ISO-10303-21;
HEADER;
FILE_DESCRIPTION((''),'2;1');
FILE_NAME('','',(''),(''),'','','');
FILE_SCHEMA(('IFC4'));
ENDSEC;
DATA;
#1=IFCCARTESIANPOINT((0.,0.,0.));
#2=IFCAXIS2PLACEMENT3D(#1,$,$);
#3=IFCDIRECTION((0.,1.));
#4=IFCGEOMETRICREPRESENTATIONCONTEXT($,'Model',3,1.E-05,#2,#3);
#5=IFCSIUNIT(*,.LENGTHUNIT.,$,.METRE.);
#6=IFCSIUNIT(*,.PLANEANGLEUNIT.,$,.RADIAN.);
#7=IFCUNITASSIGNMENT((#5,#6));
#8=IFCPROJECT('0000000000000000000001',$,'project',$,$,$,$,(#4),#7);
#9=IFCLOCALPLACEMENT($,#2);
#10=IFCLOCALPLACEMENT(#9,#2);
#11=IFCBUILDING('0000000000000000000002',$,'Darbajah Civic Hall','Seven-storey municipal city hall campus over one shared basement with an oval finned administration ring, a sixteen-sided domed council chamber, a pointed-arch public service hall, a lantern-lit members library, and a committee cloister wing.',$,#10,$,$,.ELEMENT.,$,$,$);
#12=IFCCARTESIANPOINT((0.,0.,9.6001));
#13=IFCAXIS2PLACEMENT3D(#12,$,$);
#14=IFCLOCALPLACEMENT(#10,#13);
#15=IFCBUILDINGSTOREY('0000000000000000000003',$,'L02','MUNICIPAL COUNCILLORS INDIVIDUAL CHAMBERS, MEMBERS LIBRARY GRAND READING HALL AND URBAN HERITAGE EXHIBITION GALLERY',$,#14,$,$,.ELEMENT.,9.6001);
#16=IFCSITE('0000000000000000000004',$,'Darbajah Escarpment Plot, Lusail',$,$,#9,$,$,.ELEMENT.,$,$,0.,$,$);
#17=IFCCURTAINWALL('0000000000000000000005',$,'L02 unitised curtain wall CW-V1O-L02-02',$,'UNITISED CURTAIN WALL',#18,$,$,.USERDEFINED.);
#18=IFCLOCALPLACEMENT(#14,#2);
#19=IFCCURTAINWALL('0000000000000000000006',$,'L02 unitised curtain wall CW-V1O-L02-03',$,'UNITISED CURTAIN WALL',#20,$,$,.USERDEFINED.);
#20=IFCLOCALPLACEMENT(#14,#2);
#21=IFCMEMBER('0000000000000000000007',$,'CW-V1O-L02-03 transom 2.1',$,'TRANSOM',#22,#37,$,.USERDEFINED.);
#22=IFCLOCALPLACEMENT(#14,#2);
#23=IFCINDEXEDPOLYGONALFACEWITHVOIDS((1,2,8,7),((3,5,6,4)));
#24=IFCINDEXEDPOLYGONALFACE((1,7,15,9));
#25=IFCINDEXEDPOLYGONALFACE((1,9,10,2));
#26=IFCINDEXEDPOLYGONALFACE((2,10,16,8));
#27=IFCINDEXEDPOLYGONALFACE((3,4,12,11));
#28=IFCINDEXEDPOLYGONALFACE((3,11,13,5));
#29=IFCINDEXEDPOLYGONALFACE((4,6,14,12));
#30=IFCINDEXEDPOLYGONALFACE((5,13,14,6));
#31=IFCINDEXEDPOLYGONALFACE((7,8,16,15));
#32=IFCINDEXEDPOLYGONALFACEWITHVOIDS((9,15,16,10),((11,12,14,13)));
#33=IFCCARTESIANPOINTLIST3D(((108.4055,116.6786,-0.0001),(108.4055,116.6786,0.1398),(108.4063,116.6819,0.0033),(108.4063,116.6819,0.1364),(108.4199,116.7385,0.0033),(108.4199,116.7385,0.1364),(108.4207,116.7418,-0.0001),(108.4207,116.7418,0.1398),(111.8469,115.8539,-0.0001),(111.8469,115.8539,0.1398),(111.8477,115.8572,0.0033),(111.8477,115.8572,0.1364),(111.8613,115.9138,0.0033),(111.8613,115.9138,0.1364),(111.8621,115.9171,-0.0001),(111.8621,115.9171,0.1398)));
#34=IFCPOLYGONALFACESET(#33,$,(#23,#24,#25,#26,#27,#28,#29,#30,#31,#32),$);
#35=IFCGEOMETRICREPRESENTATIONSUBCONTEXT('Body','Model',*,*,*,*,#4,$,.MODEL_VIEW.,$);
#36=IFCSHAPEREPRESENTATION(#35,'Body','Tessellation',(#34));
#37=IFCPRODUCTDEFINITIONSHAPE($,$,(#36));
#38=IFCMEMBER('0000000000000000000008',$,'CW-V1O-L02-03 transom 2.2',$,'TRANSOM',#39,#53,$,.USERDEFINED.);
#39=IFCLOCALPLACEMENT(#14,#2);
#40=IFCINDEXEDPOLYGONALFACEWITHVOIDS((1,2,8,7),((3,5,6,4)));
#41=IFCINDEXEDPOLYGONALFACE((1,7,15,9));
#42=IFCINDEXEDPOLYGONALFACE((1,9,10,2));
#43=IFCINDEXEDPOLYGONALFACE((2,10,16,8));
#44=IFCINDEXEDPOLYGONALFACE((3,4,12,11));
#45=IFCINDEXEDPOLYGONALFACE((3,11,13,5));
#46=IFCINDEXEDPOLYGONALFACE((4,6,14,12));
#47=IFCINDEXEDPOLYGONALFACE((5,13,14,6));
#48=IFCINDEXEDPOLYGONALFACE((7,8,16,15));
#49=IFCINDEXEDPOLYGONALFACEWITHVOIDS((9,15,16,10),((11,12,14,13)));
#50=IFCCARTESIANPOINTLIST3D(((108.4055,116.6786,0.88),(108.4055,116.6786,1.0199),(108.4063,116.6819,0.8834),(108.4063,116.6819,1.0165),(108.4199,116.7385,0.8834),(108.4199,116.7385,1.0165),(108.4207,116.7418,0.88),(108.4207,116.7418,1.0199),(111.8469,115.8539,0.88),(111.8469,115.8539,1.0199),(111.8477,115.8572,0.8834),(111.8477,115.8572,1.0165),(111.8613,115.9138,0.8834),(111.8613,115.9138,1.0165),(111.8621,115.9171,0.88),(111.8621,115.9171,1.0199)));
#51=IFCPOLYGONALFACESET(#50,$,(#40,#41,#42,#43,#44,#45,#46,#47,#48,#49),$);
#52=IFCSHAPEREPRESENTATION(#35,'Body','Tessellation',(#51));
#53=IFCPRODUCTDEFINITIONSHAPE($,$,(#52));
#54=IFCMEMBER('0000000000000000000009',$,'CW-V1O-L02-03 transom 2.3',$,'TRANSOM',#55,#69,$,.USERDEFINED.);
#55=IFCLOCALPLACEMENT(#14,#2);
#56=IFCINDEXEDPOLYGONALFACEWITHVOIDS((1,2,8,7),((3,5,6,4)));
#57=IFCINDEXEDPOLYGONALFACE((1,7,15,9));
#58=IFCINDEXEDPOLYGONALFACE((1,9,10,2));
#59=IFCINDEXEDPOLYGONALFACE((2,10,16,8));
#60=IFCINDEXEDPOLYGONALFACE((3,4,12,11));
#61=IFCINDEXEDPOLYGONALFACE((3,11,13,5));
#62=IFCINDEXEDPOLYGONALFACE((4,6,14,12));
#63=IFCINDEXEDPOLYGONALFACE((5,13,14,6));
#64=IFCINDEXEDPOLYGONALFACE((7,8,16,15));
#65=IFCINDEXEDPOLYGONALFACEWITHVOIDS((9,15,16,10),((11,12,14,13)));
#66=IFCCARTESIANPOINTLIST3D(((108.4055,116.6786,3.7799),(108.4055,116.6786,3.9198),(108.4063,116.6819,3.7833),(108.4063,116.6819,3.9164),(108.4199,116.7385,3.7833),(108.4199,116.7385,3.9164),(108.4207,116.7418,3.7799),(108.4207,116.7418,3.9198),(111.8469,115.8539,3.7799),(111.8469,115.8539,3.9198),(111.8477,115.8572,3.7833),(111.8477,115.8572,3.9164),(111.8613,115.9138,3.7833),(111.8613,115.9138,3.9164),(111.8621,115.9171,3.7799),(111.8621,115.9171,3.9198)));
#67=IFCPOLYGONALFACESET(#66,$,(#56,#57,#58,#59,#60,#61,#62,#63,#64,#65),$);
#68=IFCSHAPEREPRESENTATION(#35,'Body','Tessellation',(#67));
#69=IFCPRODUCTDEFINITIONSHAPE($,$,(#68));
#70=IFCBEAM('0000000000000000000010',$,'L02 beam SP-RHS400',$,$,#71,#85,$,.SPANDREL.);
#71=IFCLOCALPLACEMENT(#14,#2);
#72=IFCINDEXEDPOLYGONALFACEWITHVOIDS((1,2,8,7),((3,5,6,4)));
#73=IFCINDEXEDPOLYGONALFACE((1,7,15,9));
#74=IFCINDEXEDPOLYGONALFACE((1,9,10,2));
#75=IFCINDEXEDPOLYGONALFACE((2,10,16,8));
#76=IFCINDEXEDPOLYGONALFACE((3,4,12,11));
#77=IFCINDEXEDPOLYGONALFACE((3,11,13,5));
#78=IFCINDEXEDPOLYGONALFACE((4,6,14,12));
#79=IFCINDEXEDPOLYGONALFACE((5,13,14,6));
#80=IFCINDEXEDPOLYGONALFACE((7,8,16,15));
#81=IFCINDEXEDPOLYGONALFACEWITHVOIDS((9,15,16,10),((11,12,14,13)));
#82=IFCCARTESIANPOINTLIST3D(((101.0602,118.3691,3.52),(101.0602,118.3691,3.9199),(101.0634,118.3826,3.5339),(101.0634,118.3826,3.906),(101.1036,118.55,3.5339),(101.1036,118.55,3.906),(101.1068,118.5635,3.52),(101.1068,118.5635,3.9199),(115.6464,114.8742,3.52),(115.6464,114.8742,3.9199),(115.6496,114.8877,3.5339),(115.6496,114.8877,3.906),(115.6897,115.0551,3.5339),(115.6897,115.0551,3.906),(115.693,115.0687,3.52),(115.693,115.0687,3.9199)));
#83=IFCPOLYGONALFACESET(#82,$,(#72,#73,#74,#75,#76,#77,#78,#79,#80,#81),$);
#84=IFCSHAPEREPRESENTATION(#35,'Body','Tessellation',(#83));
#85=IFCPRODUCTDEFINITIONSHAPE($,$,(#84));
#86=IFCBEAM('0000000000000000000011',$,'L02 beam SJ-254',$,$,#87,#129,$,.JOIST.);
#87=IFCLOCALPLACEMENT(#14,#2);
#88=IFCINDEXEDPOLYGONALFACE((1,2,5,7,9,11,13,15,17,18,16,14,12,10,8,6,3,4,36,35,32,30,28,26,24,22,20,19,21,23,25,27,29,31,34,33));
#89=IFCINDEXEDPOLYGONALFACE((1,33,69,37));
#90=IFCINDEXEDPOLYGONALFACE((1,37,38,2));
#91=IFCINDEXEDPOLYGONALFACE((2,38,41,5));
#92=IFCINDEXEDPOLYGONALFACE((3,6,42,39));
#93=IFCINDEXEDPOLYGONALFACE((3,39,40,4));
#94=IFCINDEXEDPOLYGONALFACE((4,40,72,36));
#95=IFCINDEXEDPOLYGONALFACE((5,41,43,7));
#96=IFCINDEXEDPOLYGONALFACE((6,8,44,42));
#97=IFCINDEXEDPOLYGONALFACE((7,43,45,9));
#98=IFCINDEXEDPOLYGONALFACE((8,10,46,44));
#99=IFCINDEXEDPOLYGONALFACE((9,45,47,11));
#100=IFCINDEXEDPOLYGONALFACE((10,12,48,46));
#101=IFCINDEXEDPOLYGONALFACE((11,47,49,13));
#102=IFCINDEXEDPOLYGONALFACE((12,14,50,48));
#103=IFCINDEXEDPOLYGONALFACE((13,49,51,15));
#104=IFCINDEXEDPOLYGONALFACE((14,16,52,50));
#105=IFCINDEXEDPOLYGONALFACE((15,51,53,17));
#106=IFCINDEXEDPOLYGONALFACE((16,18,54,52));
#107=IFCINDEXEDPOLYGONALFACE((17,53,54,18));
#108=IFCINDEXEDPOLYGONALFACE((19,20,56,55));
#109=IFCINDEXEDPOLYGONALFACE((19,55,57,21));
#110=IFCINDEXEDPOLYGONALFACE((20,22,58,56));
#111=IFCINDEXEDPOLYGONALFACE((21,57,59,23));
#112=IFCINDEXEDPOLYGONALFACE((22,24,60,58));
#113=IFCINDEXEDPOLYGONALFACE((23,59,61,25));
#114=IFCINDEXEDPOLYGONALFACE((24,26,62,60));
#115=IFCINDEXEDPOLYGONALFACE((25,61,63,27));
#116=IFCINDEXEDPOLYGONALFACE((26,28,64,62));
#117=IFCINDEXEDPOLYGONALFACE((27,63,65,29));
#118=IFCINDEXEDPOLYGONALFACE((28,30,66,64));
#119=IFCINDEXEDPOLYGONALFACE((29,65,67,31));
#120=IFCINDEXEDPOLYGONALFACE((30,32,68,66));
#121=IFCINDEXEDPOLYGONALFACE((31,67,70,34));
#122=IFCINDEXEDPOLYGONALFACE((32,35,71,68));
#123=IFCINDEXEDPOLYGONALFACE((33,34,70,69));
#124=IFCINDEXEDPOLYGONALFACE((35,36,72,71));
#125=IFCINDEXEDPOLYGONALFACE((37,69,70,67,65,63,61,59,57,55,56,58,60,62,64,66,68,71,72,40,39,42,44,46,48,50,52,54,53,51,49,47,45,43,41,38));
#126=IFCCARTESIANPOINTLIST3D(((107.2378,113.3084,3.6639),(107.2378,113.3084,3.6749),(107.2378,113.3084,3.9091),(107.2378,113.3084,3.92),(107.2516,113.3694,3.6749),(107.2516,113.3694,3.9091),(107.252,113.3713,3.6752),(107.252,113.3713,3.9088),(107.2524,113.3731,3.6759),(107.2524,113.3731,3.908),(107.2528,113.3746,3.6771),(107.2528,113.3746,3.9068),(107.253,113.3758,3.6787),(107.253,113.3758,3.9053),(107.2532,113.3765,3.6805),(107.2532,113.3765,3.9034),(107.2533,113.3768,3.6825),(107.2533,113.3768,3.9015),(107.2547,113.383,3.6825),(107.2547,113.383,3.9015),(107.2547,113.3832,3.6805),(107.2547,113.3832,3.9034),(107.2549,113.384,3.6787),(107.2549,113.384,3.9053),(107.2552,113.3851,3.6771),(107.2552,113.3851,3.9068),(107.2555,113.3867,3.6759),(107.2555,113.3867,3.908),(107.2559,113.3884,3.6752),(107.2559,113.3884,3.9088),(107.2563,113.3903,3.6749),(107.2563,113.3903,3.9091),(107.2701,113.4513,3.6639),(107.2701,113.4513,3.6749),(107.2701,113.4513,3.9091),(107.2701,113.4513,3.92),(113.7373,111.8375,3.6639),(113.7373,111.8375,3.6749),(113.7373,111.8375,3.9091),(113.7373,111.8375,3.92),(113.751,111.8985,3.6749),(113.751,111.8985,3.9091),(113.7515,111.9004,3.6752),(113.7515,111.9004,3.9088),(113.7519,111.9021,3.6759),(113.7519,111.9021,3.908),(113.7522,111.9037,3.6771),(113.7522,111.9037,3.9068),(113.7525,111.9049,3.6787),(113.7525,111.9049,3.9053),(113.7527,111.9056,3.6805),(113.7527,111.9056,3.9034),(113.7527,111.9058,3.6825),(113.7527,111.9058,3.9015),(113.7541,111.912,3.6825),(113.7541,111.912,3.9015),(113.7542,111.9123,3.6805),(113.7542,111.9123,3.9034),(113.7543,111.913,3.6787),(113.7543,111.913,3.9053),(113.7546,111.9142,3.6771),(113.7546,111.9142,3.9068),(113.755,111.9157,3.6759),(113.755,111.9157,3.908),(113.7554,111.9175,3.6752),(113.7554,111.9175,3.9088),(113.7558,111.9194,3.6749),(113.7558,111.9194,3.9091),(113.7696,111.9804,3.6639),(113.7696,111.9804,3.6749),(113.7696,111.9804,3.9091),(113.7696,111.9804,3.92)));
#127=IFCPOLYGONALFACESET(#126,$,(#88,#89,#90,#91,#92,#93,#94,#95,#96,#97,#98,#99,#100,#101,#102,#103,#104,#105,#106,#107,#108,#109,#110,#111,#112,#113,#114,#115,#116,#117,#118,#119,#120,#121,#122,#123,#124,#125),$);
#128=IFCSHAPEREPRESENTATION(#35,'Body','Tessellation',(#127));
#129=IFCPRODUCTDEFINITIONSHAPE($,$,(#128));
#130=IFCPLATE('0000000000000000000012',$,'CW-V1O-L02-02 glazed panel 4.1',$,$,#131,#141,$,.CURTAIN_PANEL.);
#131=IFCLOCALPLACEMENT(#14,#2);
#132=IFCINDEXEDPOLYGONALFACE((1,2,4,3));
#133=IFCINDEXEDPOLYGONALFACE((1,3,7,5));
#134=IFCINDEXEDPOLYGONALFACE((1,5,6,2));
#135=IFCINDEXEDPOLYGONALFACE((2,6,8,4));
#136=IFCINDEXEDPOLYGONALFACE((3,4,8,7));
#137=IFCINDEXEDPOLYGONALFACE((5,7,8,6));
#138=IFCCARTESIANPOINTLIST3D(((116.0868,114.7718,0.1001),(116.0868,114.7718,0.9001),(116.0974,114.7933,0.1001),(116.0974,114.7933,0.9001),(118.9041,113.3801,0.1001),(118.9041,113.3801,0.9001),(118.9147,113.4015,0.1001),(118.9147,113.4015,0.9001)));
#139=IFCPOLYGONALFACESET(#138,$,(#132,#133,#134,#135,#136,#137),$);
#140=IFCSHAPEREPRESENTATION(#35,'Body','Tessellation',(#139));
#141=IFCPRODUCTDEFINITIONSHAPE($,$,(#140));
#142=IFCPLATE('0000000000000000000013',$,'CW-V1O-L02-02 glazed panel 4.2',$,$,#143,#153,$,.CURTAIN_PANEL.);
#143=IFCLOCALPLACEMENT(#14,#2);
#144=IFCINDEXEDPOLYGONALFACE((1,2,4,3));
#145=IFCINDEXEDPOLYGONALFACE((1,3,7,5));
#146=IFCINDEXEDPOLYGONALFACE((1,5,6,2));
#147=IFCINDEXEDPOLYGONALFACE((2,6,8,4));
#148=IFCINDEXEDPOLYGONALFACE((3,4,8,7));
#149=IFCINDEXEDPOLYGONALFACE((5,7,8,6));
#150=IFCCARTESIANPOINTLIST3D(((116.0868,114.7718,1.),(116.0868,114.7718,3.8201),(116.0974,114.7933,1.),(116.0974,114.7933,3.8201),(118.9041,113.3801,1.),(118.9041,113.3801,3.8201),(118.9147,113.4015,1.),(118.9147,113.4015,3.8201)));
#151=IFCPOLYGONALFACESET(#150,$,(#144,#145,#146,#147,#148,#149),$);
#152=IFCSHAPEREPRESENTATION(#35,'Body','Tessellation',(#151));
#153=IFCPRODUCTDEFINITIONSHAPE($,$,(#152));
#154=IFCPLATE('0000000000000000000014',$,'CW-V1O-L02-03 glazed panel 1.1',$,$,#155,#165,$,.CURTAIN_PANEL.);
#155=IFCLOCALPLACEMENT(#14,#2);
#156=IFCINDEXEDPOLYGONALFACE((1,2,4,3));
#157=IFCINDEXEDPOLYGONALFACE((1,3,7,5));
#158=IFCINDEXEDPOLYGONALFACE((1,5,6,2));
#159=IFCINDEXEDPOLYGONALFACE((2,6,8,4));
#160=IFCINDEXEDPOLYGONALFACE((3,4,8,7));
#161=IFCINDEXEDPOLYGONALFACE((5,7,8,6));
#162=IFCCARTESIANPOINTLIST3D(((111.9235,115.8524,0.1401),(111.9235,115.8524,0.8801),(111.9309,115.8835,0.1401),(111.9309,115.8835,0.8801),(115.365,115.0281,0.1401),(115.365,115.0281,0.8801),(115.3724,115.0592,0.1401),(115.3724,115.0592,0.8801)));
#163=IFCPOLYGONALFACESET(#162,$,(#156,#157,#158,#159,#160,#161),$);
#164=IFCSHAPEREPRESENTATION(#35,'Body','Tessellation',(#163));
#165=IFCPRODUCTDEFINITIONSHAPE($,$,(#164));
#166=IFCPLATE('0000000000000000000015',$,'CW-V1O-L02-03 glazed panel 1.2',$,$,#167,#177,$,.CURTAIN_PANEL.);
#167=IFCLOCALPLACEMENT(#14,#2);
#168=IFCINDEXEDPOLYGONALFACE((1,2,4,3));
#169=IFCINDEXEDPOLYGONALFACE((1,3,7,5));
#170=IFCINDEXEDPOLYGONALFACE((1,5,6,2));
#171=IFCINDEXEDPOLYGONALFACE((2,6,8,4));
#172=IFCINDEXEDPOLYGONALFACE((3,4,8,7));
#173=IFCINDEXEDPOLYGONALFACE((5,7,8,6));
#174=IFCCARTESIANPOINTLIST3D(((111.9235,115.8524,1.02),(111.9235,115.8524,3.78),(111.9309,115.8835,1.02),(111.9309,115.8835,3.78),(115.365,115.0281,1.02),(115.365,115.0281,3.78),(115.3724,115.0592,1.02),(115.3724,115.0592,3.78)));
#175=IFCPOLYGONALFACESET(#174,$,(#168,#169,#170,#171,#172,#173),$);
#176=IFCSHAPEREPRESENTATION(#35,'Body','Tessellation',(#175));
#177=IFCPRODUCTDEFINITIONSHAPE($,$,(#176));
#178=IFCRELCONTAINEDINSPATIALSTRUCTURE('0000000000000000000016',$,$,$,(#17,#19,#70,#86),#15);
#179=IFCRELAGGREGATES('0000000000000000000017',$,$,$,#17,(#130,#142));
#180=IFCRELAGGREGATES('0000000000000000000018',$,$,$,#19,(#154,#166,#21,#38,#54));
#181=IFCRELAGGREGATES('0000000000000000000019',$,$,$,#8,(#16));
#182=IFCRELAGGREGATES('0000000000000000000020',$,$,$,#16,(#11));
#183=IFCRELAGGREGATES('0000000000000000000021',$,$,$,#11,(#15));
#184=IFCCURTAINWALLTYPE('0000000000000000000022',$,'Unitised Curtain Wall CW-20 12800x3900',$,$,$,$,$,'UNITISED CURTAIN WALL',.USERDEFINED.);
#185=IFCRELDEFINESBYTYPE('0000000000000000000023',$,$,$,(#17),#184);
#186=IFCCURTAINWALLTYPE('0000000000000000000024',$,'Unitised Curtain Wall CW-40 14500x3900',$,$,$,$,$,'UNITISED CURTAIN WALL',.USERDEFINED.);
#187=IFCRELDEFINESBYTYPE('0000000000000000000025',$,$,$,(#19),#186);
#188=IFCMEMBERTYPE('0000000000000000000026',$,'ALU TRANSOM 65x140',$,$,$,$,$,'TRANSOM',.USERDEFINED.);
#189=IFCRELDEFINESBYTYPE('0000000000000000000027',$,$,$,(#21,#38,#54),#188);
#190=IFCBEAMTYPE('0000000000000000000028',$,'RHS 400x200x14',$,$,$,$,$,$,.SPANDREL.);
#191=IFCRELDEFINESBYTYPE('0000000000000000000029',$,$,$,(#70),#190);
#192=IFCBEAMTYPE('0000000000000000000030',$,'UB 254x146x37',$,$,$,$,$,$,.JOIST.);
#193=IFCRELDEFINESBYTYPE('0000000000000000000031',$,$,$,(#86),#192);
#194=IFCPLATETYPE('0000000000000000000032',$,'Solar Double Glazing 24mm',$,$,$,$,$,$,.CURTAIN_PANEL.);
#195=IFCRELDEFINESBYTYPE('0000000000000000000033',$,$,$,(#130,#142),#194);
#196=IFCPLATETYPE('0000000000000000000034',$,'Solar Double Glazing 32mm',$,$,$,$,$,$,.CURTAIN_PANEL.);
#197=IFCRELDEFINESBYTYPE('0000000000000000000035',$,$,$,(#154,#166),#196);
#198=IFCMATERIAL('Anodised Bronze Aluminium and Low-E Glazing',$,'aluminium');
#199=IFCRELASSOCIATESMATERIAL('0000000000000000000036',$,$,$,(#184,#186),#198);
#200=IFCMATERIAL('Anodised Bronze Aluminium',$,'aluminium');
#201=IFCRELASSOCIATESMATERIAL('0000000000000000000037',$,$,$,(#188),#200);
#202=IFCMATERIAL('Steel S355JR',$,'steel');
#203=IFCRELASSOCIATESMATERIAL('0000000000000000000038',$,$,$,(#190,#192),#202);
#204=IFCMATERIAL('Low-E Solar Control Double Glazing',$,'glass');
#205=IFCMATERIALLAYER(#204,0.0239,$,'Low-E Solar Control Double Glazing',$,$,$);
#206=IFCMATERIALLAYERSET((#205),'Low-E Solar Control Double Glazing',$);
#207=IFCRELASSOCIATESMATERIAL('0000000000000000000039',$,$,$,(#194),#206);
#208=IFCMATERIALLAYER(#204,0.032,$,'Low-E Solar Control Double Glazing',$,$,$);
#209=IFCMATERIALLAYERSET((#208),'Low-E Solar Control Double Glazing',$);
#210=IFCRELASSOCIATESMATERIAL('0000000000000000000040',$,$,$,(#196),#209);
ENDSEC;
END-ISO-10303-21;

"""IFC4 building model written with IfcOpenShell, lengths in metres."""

from ifc_helpers import new_model, si_unit, direction, frame, origin, origin_2d, place, context, subcontext, project, spatial, rectangle, hollow_rectangle, i_section, extrude, material, layer, layer_set, material_profile, profile_set, type_object, element, aggregate, save


model = new_model("IFC4")

# Units and contexts
model_context = context("Model", 3, precision=1e-05, world=origin(), true_north=direction((0.0, 1.0)))
body_context = subcontext(model_context, "Body", "Model", "MODEL_VIEW")
ifc_project = project(units=[si_unit("LENGTHUNIT", "METRE"), si_unit("PLANEANGLEUNIT", "RADIAN")], contexts=[model_context])

# Site, building, storey
site_placement = place(None, origin())
site = spatial("IfcSite", under=ifc_project, at=site_placement, Name="Darbajah Escarpment Plot, Lusail", CompositionType="ELEMENT", RefElevation=0.0)
building_placement = place(site_placement, origin())
building = spatial("IfcBuilding", under=site, at=building_placement, Name="Darbajah Civic Hall", Description="Seven-storey municipal city hall campus over one shared basement with an oval finned administration ring, a sixteen-sided domed council chamber, a pointed-arch public service hall, a lantern-lit members library, and a committee cloister wing.", CompositionType="ELEMENT")
storey_placement = place(building_placement, frame((0.0, 0.0, 9.6001)))
storey = spatial("IfcBuildingStorey", under=building, at=storey_placement, Name="L02", Description="MUNICIPAL COUNCILLORS INDIVIDUAL CHAMBERS, MEMBERS LIBRARY GRAND READING HALL AND URBAN HERITAGE EXHIBITION GALLERY", CompositionType="ELEMENT", Elevation=9.6001)

# Curtain wall
ifc_material_1 = material(Name="Anodised Bronze Aluminium and Low-E Glazing", Category="aluminium")
curtain_wall_type_1 = type_object("IfcCurtainWallType", Name="Unitised Curtain Wall CW-20 12800x3900", ElementType="UNITISED CURTAIN WALL", PredefinedType="USERDEFINED", material=ifc_material_1)
curtain_wall_1_placement = place(storey_placement, origin())
curtain_wall_1 = element("IfcCurtainWall", 1, at=curtain_wall_1_placement, inside=storey, type_object=curtain_wall_type_1, Name="L02 unitised curtain wall CW-V1O-L02-02", ObjectType="UNITISED CURTAIN WALL", PredefinedType="USERDEFINED")
ifc_material_2 = material(Name="Anodised Bronze Aluminium", Category="aluminium")

# Curtain wall
curtain_wall_type_2 = type_object("IfcCurtainWallType", Name="Unitised Curtain Wall CW-40 14500x3900", ElementType="UNITISED CURTAIN WALL", PredefinedType="USERDEFINED", material=ifc_material_1)
curtain_wall_2_placement = place(storey_placement, origin())
curtain_wall_2 = element("IfcCurtainWall", 2, at=curtain_wall_2_placement, inside=storey, type_object=curtain_wall_type_2, Name="L02 unitised curtain wall CW-V1O-L02-03", ObjectType="UNITISED CURTAIN WALL", PredefinedType="USERDEFINED")

# Members
ifc_material_profile_1 = material_profile(ifc_material_2, hollow_rectangle(XDim=0.0649, YDim=0.1399, WallThickness=0.0034, at=origin_2d()), Name="ALU TRANSOM 65x140")
ifc_profile_set_1 = profile_set([ifc_material_profile_1], Name="Anodised Bronze Aluminium")
member_type_1 = type_object("IfcMemberType", Name="ALU TRANSOM 65x140", ElementType="TRANSOM", PredefinedType="USERDEFINED", material=ifc_profile_set_1)
member_1_placement = place(storey_placement, frame((111.8545, 115.8855, 0.0698), z_axis=(-0.972466, 0.233044, 0.0), x_axis=(-0.233044, -0.972466, 0.0)))
member_1 = element("IfcMember", 3, at=member_1_placement, type_object=member_type_1, Name="CW-V1O-L02-03 transom 2.1", ObjectType="TRANSOM", PredefinedType="USERDEFINED", context=body_context, shape_type="SweptSolid", body=[
    extrude(hollow_rectangle(XDim=0.0649, YDim=0.1399, WallThickness=0.0034, at=origin_2d()), origin(), (0.0, 0.0, 1.0), 3.5388),
])
member_2_placement = place(storey_placement, frame((111.8545, 115.8855, 0.95), z_axis=(-0.972466, 0.233044, 0.0), x_axis=(-0.233044, -0.972466, 0.0)))
member_2 = element("IfcMember", 4, at=member_2_placement, type_object=member_type_1, Name="CW-V1O-L02-03 transom 2.2", ObjectType="TRANSOM", PredefinedType="USERDEFINED", context=body_context, shape_type="SweptSolid", body=[
    extrude(hollow_rectangle(XDim=0.0649, YDim=0.1399, WallThickness=0.0034, at=origin_2d()), origin(), (0.0, 0.0, 1.0), 3.5388),
])
member_3_placement = place(storey_placement, frame((111.8545, 115.8855, 3.8499), z_axis=(-0.972466, 0.233044, 0.0), x_axis=(-0.233044, -0.972466, 0.0)))
member_3 = element("IfcMember", 5, at=member_3_placement, type_object=member_type_1, Name="CW-V1O-L02-03 transom 2.3", ObjectType="TRANSOM", PredefinedType="USERDEFINED", context=body_context, shape_type="SweptSolid", body=[
    extrude(hollow_rectangle(XDim=0.0649, YDim=0.1399, WallThickness=0.0034, at=origin_2d()), origin(), (0.0, 0.0, 1.0), 3.5388),
])

# Beams
ifc_material_3 = material(Name="Steel S355JR", Category="steel")
ifc_material_profile_2 = material_profile(ifc_material_3, hollow_rectangle(XDim=0.2, YDim=0.3999, WallThickness=0.0139, at=origin_2d()), Name="RHS 400x200x14")
ifc_profile_set_2 = profile_set([ifc_material_profile_2], Name="Steel S355JR")
beam_type_1 = type_object("IfcBeamType", Name="RHS 400x200x14", PredefinedType="SPANDREL", material=ifc_profile_set_2)
beam_1_placement = place(storey_placement, frame((115.6697, 114.9714, 3.72), z_axis=(-0.972475, 0.233007, 0.0), x_axis=(-0.233007, -0.972475, 0.0)))
element("IfcBeam", 6, at=beam_1_placement, inside=storey, type_object=beam_type_1, Name="L02 beam SP-RHS400", PredefinedType="SPANDREL", context=body_context, shape_type="SweptSolid", body=[
    extrude(hollow_rectangle(XDim=0.2, YDim=0.3999, WallThickness=0.0139, at=origin_2d()), origin(), (0.0, 0.0, 1.0), 14.999),
])
ifc_material_profile_3 = material_profile(ifc_material_3, i_section(OverallWidth=0.1465, OverallDepth=0.2561, WebThickness=0.0063, FlangeThickness=0.011, FilletRadius=0.0076, at=origin_2d()), Name="UB 254x146x37")
ifc_profile_set_3 = profile_set([ifc_material_profile_3], Name="Steel S355JR")
beam_type_2 = type_object("IfcBeamType", Name="UB 254x146x37", PredefinedType="JOIST", material=ifc_profile_set_3)
beam_2_placement = place(storey_placement, frame((113.7534, 111.9089, 3.792), z_axis=(-0.975334, 0.220734, 0.0), x_axis=(-0.220734, -0.975334, 0.0)))
element("IfcBeam", 7, at=beam_2_placement, inside=storey, type_object=beam_type_2, Name="L02 beam SJ-254", PredefinedType="JOIST", context=body_context, shape_type="SweptSolid", body=[
    extrude(i_section(OverallWidth=0.1465, OverallDepth=0.2561, WebThickness=0.0063, FlangeThickness=0.011, FilletRadius=0.0076, at=origin_2d()), origin(), (0.0, 0.0, 1.0), 6.6638),
])

# Plates
ifc_material_4 = material(Name="Low-E Solar Control Double Glazing", Category="glass")
ifc_layer_1 = layer(ifc_material_4, 0.0239, Name="Low-E Solar Control Double Glazing")
ifc_layer_set_1 = layer_set([ifc_layer_1], Name="Low-E Solar Control Double Glazing")
plate_type_1 = type_object("IfcPlateType", Name="Solar Double Glazing 24mm", PredefinedType="CURTAIN_PANEL", material=ifc_layer_set_1)
plate_1_placement = place(storey_placement, frame((117.5007, 114.0867, 0.1001), z_axis=(0.0, 0.0, 1.0), x_axis=(-0.896564, 0.442915, 0.0)))
plate_1 = element("IfcPlate", 8, at=plate_1_placement, type_object=plate_type_1, Name="CW-V1O-L02-02 glazed panel 4.1", PredefinedType="CURTAIN_PANEL", context=body_context, shape_type="SweptSolid", body=[
    extrude(rectangle(XDim=3.1423, YDim=0.0239, at=origin_2d()), origin(), (0.0, 0.0, 1.0), 0.8),
])
plate_2_placement = place(storey_placement, frame((117.5007, 114.0867, 1.0), z_axis=(0.0, 0.0, 1.0), x_axis=(-0.896564, 0.442915, 0.0)))
plate_2 = element("IfcPlate", 9, at=plate_2_placement, type_object=plate_type_1, Name="CW-V1O-L02-02 glazed panel 4.2", PredefinedType="CURTAIN_PANEL", context=body_context, shape_type="SweptSolid", body=[
    extrude(rectangle(XDim=3.1423, YDim=0.0239, at=origin_2d()), origin(), (0.0, 0.0, 1.0), 2.8201),
])
aggregate(curtain_wall_1, [plate_1, plate_2])
ifc_layer_2 = layer(ifc_material_4, 0.032, Name="Low-E Solar Control Double Glazing")
ifc_layer_set_2 = layer_set([ifc_layer_2], Name="Low-E Solar Control Double Glazing")
plate_type_2 = type_object("IfcPlateType", Name="Solar Double Glazing 32mm", PredefinedType="CURTAIN_PANEL", material=ifc_layer_set_2)
plate_3_placement = place(storey_placement, frame((113.6479, 115.4558, 0.1401), z_axis=(0.0, 0.0, 1.0), x_axis=(-0.972492, 0.232936, 0.0)))
plate_3 = element("IfcPlate", 10, at=plate_3_placement, type_object=plate_type_2, Name="CW-V1O-L02-03 glazed panel 1.1", PredefinedType="CURTAIN_PANEL", context=body_context, shape_type="SweptSolid", body=[
    extrude(rectangle(XDim=3.5388, YDim=0.032, at=origin_2d()), origin(), (0.0, 0.0, 1.0), 0.74),
])
plate_4_placement = place(storey_placement, frame((113.6479, 115.4558, 1.02), z_axis=(0.0, 0.0, 1.0), x_axis=(-0.972492, 0.232936, 0.0)))
plate_4 = element("IfcPlate", 11, at=plate_4_placement, type_object=plate_type_2, Name="CW-V1O-L02-03 glazed panel 1.2", PredefinedType="CURTAIN_PANEL", context=body_context, shape_type="SweptSolid", body=[
    extrude(rectangle(XDim=3.5388, YDim=0.032, at=origin_2d()), origin(), (0.0, 0.0, 1.0), 2.76),
])
aggregate(curtain_wall_2, [plate_3, plate_4, member_1, member_2, member_3])

save(model, "model.ifc")
